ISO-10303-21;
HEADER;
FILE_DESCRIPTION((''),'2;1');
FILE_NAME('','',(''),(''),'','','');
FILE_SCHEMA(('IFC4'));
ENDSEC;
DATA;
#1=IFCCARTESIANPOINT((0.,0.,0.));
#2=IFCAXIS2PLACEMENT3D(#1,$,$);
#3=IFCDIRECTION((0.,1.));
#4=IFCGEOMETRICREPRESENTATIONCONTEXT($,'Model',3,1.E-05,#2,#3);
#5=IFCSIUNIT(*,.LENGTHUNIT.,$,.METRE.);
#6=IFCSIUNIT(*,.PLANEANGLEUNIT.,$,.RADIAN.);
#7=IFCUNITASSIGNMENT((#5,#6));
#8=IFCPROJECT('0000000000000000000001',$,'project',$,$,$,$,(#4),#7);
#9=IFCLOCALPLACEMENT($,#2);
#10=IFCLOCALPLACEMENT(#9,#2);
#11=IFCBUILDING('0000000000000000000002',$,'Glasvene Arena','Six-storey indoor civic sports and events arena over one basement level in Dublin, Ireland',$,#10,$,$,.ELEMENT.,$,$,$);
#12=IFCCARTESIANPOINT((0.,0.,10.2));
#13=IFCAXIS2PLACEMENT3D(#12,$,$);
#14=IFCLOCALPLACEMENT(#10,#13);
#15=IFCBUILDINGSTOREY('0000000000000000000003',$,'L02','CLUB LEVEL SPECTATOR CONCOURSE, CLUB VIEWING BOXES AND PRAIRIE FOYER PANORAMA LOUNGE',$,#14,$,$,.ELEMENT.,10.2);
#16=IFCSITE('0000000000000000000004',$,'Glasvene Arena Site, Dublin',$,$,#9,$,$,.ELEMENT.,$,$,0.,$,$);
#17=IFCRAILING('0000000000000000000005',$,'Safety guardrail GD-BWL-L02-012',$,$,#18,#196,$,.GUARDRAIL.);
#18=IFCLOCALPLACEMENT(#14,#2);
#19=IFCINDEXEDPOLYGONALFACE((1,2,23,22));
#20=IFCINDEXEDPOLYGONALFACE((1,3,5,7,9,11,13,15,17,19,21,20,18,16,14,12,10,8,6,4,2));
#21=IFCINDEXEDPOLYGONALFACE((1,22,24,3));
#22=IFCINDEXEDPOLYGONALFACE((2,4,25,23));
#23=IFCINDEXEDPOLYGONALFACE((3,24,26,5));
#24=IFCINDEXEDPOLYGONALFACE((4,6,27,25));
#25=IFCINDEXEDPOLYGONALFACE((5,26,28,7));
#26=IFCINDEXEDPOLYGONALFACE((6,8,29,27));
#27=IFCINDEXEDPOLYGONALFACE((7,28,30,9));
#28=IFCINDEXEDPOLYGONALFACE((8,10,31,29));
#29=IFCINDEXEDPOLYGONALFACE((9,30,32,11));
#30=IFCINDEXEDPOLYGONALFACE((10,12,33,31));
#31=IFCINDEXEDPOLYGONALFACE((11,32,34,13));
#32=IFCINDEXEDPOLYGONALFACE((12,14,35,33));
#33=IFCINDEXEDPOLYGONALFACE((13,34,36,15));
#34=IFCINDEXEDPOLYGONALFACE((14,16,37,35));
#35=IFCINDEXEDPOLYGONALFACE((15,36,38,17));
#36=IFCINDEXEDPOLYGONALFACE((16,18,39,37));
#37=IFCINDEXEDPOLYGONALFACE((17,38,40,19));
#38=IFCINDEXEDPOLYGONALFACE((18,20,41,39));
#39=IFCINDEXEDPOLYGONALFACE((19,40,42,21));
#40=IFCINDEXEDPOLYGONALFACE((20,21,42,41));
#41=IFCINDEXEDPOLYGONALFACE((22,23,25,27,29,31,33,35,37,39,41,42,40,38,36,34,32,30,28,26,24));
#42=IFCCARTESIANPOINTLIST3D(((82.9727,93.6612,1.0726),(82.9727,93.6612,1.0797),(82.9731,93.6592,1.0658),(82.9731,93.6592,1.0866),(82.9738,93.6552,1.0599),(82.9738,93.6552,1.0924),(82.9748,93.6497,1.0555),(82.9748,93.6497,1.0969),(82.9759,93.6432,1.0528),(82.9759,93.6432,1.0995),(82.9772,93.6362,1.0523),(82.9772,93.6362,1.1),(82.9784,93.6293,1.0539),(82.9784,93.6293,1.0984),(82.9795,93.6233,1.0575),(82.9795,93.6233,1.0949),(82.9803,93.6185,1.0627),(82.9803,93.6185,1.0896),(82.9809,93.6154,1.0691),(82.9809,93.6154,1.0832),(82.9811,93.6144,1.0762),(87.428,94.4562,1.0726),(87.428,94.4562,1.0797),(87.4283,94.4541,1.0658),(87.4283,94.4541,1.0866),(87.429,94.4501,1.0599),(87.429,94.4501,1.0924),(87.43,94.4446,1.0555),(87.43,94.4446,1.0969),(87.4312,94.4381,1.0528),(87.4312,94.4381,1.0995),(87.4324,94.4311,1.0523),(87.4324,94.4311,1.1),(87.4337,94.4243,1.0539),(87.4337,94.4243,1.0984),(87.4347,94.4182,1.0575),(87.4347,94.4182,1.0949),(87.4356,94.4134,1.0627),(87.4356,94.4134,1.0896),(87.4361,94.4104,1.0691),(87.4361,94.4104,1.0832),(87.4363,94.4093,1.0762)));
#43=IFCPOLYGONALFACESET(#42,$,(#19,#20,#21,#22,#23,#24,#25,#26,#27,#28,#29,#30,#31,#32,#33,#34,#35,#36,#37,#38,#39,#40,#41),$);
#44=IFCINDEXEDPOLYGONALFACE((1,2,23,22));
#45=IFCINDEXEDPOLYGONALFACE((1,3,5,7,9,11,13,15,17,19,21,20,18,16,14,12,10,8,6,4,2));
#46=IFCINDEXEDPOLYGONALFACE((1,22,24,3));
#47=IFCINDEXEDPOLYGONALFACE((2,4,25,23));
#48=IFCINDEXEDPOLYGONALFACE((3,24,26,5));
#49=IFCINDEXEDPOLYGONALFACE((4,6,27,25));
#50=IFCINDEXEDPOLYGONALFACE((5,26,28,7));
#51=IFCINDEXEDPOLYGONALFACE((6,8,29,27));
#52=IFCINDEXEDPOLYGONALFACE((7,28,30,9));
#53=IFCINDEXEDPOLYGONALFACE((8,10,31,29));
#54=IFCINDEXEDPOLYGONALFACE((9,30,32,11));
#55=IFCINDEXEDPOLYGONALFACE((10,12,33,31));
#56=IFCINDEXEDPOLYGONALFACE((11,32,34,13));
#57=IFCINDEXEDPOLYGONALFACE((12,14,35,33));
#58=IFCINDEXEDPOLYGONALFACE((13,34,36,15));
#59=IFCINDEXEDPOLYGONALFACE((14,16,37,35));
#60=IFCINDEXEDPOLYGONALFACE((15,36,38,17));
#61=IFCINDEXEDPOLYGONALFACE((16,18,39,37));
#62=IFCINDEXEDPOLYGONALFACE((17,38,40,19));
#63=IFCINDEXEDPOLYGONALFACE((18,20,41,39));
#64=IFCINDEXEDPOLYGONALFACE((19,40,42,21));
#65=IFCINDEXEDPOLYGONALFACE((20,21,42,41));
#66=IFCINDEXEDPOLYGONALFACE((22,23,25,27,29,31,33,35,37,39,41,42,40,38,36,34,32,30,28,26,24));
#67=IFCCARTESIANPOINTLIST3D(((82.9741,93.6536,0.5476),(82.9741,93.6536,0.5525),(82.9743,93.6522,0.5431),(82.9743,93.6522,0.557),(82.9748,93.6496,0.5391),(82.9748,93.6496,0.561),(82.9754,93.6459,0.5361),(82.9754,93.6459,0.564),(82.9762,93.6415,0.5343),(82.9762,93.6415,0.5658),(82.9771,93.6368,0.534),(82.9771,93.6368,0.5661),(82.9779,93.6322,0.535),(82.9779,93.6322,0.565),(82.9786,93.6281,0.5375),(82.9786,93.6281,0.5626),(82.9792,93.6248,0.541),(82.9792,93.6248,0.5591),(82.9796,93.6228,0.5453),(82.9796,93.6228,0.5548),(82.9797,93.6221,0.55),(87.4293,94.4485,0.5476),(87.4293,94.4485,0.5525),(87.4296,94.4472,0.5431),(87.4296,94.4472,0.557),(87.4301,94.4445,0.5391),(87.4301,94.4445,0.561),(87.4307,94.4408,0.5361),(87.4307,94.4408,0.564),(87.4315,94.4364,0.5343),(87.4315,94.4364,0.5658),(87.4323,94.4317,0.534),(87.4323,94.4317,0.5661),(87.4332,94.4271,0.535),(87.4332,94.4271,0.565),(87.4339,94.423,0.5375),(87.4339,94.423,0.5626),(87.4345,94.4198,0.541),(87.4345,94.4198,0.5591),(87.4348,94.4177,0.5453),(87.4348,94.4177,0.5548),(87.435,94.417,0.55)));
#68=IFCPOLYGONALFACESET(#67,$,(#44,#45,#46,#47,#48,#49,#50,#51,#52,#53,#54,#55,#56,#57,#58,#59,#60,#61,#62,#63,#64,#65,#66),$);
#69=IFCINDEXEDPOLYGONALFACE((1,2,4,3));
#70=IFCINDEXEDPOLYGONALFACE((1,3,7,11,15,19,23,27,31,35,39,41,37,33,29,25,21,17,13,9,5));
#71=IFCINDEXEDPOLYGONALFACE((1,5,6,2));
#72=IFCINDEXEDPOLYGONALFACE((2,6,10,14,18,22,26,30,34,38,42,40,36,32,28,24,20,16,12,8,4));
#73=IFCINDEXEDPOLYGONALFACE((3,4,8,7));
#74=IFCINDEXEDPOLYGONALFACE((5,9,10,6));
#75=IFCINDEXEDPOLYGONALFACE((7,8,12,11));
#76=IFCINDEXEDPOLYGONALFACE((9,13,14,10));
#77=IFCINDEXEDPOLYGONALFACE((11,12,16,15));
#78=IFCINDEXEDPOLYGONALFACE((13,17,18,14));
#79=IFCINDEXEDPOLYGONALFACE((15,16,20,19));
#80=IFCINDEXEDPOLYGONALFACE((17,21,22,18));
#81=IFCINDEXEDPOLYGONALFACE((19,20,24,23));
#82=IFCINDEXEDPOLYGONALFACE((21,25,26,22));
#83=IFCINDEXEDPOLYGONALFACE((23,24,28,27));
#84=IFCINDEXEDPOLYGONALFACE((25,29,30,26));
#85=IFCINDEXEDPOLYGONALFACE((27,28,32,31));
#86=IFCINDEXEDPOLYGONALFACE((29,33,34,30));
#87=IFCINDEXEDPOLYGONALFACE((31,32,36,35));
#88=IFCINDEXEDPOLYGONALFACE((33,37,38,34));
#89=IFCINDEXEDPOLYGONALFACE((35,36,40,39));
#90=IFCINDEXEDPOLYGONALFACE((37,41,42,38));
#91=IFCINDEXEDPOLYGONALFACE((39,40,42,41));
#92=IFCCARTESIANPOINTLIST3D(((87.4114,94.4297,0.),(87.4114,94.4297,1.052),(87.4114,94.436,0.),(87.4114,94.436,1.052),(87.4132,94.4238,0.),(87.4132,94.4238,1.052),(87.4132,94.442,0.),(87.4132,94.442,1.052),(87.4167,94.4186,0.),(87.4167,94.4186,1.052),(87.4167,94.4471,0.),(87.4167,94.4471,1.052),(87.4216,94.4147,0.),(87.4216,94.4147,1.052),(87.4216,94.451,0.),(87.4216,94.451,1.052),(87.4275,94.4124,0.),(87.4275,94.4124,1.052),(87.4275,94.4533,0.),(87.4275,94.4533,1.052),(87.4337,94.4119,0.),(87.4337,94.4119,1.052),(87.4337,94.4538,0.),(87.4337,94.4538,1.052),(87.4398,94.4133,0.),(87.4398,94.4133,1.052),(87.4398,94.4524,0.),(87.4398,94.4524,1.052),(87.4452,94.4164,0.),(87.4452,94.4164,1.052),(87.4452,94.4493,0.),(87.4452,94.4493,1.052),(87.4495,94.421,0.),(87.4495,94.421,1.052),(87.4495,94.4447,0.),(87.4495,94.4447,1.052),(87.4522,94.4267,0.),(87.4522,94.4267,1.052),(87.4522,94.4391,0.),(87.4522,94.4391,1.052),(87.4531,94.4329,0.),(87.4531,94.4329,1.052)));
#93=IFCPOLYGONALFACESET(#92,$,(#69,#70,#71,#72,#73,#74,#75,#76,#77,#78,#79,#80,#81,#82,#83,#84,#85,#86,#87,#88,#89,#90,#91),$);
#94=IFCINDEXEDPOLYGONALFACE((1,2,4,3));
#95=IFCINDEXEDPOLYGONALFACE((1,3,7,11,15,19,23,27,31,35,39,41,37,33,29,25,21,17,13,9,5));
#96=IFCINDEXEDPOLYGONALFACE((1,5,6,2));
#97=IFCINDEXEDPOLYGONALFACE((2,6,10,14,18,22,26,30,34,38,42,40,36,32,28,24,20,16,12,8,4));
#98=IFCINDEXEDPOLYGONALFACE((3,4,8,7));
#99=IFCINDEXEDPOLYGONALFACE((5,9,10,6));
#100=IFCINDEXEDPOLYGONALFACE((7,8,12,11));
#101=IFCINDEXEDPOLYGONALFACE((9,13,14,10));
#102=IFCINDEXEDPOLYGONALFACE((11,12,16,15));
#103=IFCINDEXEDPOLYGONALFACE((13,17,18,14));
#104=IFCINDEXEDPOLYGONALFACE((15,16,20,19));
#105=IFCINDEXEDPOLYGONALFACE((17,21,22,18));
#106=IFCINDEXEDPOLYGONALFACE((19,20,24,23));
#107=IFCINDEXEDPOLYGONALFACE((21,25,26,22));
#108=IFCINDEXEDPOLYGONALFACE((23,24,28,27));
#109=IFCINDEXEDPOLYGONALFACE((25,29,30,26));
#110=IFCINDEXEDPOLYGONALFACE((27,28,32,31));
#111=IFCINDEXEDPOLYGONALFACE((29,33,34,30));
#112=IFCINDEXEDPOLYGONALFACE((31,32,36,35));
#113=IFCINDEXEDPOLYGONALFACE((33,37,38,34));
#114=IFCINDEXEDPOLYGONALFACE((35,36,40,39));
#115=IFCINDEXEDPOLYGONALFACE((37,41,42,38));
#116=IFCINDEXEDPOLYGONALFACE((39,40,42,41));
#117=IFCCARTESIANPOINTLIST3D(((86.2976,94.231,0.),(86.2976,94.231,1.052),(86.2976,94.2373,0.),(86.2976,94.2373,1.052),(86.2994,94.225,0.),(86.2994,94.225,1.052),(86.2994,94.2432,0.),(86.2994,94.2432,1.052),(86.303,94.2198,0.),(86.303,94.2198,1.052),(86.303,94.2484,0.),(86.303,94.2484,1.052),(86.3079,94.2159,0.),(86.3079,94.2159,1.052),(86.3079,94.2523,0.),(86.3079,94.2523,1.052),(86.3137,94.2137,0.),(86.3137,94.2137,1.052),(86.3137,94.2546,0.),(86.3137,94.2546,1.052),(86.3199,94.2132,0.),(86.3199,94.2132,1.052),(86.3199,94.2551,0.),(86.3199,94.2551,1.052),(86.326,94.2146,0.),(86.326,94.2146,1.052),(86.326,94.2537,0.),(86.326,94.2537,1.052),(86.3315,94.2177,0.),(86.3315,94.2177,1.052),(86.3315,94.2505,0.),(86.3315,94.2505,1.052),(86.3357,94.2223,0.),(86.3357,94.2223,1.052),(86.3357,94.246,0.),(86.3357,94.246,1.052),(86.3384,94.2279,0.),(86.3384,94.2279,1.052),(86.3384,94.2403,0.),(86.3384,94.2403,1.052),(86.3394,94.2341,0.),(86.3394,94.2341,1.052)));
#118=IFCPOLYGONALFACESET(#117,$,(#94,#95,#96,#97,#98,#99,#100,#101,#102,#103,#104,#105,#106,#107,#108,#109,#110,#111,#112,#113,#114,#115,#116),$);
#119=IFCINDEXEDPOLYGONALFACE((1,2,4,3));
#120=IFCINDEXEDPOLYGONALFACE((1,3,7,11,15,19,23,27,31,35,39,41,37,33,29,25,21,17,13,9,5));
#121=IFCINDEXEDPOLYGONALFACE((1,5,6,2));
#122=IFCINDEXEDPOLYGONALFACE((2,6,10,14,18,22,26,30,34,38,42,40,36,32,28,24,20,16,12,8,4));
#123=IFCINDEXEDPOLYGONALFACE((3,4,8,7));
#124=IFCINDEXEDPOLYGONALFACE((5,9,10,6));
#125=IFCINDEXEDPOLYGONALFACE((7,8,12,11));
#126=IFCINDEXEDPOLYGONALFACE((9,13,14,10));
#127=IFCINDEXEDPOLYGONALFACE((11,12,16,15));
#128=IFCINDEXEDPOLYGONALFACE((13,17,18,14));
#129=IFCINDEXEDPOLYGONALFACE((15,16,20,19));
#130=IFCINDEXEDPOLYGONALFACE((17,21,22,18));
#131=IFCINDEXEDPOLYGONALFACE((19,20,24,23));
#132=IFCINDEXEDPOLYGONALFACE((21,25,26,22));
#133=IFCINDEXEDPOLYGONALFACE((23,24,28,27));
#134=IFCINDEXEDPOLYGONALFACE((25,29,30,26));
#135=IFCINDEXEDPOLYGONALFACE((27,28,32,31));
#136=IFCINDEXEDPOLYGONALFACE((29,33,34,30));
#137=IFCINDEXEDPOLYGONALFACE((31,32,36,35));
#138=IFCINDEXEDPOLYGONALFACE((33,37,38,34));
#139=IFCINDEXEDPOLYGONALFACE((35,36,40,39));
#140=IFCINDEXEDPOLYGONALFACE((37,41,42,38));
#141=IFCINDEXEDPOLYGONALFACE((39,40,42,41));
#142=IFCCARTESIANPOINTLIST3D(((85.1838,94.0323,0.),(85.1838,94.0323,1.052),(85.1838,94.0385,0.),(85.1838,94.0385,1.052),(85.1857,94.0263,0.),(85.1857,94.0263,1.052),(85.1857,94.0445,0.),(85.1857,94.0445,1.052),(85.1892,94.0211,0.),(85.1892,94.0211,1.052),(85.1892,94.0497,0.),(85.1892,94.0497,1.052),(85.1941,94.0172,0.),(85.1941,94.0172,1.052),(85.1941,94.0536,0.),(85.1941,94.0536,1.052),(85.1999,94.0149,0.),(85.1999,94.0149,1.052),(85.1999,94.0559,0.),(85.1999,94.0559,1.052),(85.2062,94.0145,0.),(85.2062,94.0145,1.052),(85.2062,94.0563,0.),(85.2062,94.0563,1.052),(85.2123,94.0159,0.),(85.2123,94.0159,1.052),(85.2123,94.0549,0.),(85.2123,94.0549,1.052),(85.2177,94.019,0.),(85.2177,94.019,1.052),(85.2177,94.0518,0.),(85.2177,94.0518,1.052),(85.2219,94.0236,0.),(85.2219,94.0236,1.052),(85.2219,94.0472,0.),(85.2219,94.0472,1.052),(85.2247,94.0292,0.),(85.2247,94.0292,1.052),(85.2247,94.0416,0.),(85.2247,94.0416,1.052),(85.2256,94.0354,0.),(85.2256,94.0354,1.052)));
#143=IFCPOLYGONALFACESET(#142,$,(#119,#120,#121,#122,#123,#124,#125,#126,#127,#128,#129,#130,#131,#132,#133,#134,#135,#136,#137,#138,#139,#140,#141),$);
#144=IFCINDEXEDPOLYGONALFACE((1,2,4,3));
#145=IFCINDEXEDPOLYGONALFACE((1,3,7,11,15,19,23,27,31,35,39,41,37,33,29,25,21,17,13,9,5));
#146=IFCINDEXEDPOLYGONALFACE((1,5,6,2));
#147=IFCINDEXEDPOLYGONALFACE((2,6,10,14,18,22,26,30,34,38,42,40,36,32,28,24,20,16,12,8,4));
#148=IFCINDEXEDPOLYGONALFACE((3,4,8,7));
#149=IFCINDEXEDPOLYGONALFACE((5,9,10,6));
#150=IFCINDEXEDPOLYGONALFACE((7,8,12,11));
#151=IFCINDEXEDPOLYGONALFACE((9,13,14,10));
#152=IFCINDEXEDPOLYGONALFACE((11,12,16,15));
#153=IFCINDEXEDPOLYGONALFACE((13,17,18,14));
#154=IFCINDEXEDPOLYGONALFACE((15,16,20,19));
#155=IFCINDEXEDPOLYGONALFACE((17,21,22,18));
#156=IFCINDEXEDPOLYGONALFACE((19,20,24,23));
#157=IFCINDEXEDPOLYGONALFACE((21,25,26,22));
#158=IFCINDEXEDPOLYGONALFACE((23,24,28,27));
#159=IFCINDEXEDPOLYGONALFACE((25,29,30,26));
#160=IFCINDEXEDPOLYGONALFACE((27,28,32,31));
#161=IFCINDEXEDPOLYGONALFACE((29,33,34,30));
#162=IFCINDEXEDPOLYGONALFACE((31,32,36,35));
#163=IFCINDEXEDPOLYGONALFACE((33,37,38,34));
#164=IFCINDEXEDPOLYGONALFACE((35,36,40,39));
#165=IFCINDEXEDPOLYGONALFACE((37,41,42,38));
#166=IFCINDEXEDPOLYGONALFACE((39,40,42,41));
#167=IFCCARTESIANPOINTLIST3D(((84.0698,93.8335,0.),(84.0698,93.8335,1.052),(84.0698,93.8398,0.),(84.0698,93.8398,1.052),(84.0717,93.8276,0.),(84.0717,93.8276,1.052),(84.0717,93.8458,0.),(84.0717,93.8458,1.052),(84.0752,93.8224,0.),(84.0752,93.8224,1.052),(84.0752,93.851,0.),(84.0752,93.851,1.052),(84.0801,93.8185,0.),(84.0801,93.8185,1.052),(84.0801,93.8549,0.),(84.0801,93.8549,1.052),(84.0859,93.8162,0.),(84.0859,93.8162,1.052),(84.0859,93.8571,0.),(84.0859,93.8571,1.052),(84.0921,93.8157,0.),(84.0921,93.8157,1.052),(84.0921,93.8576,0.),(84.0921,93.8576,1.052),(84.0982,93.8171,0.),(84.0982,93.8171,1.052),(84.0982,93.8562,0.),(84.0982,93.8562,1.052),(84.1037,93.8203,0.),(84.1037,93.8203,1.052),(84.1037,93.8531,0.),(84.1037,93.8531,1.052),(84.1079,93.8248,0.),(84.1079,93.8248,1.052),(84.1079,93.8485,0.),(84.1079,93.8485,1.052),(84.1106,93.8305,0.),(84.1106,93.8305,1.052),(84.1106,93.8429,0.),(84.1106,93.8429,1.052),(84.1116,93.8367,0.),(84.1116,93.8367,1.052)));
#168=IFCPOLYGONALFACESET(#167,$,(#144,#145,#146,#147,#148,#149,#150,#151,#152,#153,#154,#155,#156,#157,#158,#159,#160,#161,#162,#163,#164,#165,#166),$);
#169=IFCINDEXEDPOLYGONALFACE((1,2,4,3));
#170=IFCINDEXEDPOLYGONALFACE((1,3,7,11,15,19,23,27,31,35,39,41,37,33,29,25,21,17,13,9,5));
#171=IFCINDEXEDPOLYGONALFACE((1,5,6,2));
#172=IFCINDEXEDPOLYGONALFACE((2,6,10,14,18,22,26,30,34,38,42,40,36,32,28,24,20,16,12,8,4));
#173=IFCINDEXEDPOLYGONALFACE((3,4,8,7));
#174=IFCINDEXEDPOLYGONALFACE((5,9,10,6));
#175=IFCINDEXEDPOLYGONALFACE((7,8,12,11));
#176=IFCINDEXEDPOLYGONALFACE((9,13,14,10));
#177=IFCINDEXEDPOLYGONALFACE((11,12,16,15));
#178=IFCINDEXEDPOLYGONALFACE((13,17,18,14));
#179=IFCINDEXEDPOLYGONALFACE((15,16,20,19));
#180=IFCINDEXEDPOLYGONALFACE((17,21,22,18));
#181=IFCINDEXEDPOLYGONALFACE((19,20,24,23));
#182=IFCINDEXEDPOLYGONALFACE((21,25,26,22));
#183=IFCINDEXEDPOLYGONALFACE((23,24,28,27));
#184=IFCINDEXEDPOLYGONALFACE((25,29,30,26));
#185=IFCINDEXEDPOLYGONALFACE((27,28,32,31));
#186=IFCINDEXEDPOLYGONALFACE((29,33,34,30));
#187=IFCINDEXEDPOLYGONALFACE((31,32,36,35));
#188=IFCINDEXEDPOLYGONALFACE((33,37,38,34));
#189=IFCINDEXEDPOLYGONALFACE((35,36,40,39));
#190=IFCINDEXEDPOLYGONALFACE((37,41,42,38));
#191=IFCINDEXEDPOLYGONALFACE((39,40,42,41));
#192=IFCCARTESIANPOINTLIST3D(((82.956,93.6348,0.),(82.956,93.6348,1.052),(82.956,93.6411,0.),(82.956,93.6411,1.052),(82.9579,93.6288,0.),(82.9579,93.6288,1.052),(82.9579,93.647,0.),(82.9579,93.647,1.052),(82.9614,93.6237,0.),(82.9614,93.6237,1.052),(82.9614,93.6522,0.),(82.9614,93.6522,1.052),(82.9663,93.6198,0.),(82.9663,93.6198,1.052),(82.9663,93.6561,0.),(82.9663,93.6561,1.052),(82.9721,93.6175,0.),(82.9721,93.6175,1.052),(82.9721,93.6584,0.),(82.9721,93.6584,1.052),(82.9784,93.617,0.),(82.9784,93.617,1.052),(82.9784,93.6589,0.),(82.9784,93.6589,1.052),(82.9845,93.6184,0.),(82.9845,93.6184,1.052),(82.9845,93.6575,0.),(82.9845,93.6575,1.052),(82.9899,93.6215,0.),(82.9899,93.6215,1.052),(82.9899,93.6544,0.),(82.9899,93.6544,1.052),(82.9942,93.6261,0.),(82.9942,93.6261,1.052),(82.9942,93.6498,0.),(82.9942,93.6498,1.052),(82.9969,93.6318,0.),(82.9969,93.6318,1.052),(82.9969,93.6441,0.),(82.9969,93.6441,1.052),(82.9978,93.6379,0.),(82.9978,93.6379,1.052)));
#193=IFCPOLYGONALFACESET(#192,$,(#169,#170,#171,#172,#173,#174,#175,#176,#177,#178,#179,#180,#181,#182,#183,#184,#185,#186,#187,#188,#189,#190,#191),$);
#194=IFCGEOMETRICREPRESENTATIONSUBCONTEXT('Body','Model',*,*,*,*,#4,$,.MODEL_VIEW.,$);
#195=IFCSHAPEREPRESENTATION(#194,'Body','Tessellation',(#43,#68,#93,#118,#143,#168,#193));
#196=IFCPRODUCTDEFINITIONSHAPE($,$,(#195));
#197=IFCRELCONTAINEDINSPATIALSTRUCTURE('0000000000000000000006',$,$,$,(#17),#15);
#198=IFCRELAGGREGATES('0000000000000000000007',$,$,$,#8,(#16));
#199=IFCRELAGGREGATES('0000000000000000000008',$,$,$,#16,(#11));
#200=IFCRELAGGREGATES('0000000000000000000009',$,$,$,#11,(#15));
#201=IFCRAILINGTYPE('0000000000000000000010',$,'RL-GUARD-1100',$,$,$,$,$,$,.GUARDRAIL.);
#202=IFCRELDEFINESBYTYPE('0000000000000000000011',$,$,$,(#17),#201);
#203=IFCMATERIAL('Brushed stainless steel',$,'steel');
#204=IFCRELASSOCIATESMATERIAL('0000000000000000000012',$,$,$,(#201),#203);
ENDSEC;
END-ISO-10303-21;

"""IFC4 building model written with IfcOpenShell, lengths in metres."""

from ifc_helpers import new_model, si_unit, direction, frame, origin, origin_2d, place, context, subcontext, project, spatial, circle, extrude, material, type_object, element, save


model = new_model("IFC4")

# Units and contexts
model_context = context("Model", 3, precision=1e-05, world=origin(), true_north=direction((0.0, 1.0)))
body_context = subcontext(model_context, "Body", "Model", "MODEL_VIEW")
ifc_project = project(units=[si_unit("LENGTHUNIT", "METRE"), si_unit("PLANEANGLEUNIT", "RADIAN")], contexts=[model_context])

# Site, building, storey
site_placement = place(None, origin())
site = spatial("IfcSite", under=ifc_project, at=site_placement, Name="Glasvene Arena Site, Dublin", CompositionType="ELEMENT", RefElevation=0.0)
building_placement = place(site_placement, origin())
building = spatial("IfcBuilding", under=site, at=building_placement, Name="Glasvene Arena", Description="Six-storey indoor civic sports and events arena over one basement level in Dublin, Ireland", CompositionType="ELEMENT")
storey_placement = place(building_placement, frame((0.0, 0.0, 10.2)))
storey = spatial("IfcBuildingStorey", under=building, at=storey_placement, Name="L02", Description="CLUB LEVEL SPECTATOR CONCOURSE, CLUB VIEWING BOXES AND PRAIRIE FOYER PANORAMA LOUNGE", CompositionType="ELEMENT", Elevation=10.2)

# Railing
ifc_material_1 = material(Name="Brushed stainless steel", Category="steel")
railing_type = type_object("IfcRailingType", Name="RL-GUARD-1100", PredefinedType="GUARDRAIL", material=ifc_material_1)
railing_1_placement = place(storey_placement, frame((87.4321, 94.4329, 0.0)))
element("IfcRailing", 1, at=railing_1_placement, inside=storey, type_object=railing_type, Name="Safety guardrail GD-BWL-L02-012", PredefinedType="GUARDRAIL", context=body_context, shape_type="SweptSolid", body=[
    extrude(circle(Radius=0.0239, at=origin_2d()), frame((0.0, 0.0, 1.0762), z_axis=(-0.984453, -0.175647, 0.0), x_axis=(0.175647, -0.984453, 0.0)), (0.0, 0.0, 1.0), 4.5256),
    extrude(circle(Radius=0.0161, at=origin_2d()), frame((0.0, 0.0, 0.55), z_axis=(-0.984453, -0.175647, 0.0), x_axis=(0.175647, -0.984453, 0.0)), (0.0, 0.0, 1.0), 4.5256),
    extrude(circle(Radius=0.021, at=origin_2d()), origin(), (0.0, 0.0, 1.0), 1.052),
    extrude(circle(Radius=0.021, at=origin_2d()), frame((-1.1138, -0.1987, 0.0)), (0.0, 0.0, 1.0), 1.052),
    extrude(circle(Radius=0.021, at=origin_2d()), frame((-2.2275, -0.3975, 0.0)), (0.0, 0.0, 1.0), 1.052),
    extrude(circle(Radius=0.021, at=origin_2d()), frame((-3.3416, -0.5962, 0.0)), (0.0, 0.0, 1.0), 1.052),
    extrude(circle(Radius=0.021, at=origin_2d()), frame((-4.4553, -0.7949, 0.0)), (0.0, 0.0, 1.0), 1.052),
])

save(model, "model.ifc")
